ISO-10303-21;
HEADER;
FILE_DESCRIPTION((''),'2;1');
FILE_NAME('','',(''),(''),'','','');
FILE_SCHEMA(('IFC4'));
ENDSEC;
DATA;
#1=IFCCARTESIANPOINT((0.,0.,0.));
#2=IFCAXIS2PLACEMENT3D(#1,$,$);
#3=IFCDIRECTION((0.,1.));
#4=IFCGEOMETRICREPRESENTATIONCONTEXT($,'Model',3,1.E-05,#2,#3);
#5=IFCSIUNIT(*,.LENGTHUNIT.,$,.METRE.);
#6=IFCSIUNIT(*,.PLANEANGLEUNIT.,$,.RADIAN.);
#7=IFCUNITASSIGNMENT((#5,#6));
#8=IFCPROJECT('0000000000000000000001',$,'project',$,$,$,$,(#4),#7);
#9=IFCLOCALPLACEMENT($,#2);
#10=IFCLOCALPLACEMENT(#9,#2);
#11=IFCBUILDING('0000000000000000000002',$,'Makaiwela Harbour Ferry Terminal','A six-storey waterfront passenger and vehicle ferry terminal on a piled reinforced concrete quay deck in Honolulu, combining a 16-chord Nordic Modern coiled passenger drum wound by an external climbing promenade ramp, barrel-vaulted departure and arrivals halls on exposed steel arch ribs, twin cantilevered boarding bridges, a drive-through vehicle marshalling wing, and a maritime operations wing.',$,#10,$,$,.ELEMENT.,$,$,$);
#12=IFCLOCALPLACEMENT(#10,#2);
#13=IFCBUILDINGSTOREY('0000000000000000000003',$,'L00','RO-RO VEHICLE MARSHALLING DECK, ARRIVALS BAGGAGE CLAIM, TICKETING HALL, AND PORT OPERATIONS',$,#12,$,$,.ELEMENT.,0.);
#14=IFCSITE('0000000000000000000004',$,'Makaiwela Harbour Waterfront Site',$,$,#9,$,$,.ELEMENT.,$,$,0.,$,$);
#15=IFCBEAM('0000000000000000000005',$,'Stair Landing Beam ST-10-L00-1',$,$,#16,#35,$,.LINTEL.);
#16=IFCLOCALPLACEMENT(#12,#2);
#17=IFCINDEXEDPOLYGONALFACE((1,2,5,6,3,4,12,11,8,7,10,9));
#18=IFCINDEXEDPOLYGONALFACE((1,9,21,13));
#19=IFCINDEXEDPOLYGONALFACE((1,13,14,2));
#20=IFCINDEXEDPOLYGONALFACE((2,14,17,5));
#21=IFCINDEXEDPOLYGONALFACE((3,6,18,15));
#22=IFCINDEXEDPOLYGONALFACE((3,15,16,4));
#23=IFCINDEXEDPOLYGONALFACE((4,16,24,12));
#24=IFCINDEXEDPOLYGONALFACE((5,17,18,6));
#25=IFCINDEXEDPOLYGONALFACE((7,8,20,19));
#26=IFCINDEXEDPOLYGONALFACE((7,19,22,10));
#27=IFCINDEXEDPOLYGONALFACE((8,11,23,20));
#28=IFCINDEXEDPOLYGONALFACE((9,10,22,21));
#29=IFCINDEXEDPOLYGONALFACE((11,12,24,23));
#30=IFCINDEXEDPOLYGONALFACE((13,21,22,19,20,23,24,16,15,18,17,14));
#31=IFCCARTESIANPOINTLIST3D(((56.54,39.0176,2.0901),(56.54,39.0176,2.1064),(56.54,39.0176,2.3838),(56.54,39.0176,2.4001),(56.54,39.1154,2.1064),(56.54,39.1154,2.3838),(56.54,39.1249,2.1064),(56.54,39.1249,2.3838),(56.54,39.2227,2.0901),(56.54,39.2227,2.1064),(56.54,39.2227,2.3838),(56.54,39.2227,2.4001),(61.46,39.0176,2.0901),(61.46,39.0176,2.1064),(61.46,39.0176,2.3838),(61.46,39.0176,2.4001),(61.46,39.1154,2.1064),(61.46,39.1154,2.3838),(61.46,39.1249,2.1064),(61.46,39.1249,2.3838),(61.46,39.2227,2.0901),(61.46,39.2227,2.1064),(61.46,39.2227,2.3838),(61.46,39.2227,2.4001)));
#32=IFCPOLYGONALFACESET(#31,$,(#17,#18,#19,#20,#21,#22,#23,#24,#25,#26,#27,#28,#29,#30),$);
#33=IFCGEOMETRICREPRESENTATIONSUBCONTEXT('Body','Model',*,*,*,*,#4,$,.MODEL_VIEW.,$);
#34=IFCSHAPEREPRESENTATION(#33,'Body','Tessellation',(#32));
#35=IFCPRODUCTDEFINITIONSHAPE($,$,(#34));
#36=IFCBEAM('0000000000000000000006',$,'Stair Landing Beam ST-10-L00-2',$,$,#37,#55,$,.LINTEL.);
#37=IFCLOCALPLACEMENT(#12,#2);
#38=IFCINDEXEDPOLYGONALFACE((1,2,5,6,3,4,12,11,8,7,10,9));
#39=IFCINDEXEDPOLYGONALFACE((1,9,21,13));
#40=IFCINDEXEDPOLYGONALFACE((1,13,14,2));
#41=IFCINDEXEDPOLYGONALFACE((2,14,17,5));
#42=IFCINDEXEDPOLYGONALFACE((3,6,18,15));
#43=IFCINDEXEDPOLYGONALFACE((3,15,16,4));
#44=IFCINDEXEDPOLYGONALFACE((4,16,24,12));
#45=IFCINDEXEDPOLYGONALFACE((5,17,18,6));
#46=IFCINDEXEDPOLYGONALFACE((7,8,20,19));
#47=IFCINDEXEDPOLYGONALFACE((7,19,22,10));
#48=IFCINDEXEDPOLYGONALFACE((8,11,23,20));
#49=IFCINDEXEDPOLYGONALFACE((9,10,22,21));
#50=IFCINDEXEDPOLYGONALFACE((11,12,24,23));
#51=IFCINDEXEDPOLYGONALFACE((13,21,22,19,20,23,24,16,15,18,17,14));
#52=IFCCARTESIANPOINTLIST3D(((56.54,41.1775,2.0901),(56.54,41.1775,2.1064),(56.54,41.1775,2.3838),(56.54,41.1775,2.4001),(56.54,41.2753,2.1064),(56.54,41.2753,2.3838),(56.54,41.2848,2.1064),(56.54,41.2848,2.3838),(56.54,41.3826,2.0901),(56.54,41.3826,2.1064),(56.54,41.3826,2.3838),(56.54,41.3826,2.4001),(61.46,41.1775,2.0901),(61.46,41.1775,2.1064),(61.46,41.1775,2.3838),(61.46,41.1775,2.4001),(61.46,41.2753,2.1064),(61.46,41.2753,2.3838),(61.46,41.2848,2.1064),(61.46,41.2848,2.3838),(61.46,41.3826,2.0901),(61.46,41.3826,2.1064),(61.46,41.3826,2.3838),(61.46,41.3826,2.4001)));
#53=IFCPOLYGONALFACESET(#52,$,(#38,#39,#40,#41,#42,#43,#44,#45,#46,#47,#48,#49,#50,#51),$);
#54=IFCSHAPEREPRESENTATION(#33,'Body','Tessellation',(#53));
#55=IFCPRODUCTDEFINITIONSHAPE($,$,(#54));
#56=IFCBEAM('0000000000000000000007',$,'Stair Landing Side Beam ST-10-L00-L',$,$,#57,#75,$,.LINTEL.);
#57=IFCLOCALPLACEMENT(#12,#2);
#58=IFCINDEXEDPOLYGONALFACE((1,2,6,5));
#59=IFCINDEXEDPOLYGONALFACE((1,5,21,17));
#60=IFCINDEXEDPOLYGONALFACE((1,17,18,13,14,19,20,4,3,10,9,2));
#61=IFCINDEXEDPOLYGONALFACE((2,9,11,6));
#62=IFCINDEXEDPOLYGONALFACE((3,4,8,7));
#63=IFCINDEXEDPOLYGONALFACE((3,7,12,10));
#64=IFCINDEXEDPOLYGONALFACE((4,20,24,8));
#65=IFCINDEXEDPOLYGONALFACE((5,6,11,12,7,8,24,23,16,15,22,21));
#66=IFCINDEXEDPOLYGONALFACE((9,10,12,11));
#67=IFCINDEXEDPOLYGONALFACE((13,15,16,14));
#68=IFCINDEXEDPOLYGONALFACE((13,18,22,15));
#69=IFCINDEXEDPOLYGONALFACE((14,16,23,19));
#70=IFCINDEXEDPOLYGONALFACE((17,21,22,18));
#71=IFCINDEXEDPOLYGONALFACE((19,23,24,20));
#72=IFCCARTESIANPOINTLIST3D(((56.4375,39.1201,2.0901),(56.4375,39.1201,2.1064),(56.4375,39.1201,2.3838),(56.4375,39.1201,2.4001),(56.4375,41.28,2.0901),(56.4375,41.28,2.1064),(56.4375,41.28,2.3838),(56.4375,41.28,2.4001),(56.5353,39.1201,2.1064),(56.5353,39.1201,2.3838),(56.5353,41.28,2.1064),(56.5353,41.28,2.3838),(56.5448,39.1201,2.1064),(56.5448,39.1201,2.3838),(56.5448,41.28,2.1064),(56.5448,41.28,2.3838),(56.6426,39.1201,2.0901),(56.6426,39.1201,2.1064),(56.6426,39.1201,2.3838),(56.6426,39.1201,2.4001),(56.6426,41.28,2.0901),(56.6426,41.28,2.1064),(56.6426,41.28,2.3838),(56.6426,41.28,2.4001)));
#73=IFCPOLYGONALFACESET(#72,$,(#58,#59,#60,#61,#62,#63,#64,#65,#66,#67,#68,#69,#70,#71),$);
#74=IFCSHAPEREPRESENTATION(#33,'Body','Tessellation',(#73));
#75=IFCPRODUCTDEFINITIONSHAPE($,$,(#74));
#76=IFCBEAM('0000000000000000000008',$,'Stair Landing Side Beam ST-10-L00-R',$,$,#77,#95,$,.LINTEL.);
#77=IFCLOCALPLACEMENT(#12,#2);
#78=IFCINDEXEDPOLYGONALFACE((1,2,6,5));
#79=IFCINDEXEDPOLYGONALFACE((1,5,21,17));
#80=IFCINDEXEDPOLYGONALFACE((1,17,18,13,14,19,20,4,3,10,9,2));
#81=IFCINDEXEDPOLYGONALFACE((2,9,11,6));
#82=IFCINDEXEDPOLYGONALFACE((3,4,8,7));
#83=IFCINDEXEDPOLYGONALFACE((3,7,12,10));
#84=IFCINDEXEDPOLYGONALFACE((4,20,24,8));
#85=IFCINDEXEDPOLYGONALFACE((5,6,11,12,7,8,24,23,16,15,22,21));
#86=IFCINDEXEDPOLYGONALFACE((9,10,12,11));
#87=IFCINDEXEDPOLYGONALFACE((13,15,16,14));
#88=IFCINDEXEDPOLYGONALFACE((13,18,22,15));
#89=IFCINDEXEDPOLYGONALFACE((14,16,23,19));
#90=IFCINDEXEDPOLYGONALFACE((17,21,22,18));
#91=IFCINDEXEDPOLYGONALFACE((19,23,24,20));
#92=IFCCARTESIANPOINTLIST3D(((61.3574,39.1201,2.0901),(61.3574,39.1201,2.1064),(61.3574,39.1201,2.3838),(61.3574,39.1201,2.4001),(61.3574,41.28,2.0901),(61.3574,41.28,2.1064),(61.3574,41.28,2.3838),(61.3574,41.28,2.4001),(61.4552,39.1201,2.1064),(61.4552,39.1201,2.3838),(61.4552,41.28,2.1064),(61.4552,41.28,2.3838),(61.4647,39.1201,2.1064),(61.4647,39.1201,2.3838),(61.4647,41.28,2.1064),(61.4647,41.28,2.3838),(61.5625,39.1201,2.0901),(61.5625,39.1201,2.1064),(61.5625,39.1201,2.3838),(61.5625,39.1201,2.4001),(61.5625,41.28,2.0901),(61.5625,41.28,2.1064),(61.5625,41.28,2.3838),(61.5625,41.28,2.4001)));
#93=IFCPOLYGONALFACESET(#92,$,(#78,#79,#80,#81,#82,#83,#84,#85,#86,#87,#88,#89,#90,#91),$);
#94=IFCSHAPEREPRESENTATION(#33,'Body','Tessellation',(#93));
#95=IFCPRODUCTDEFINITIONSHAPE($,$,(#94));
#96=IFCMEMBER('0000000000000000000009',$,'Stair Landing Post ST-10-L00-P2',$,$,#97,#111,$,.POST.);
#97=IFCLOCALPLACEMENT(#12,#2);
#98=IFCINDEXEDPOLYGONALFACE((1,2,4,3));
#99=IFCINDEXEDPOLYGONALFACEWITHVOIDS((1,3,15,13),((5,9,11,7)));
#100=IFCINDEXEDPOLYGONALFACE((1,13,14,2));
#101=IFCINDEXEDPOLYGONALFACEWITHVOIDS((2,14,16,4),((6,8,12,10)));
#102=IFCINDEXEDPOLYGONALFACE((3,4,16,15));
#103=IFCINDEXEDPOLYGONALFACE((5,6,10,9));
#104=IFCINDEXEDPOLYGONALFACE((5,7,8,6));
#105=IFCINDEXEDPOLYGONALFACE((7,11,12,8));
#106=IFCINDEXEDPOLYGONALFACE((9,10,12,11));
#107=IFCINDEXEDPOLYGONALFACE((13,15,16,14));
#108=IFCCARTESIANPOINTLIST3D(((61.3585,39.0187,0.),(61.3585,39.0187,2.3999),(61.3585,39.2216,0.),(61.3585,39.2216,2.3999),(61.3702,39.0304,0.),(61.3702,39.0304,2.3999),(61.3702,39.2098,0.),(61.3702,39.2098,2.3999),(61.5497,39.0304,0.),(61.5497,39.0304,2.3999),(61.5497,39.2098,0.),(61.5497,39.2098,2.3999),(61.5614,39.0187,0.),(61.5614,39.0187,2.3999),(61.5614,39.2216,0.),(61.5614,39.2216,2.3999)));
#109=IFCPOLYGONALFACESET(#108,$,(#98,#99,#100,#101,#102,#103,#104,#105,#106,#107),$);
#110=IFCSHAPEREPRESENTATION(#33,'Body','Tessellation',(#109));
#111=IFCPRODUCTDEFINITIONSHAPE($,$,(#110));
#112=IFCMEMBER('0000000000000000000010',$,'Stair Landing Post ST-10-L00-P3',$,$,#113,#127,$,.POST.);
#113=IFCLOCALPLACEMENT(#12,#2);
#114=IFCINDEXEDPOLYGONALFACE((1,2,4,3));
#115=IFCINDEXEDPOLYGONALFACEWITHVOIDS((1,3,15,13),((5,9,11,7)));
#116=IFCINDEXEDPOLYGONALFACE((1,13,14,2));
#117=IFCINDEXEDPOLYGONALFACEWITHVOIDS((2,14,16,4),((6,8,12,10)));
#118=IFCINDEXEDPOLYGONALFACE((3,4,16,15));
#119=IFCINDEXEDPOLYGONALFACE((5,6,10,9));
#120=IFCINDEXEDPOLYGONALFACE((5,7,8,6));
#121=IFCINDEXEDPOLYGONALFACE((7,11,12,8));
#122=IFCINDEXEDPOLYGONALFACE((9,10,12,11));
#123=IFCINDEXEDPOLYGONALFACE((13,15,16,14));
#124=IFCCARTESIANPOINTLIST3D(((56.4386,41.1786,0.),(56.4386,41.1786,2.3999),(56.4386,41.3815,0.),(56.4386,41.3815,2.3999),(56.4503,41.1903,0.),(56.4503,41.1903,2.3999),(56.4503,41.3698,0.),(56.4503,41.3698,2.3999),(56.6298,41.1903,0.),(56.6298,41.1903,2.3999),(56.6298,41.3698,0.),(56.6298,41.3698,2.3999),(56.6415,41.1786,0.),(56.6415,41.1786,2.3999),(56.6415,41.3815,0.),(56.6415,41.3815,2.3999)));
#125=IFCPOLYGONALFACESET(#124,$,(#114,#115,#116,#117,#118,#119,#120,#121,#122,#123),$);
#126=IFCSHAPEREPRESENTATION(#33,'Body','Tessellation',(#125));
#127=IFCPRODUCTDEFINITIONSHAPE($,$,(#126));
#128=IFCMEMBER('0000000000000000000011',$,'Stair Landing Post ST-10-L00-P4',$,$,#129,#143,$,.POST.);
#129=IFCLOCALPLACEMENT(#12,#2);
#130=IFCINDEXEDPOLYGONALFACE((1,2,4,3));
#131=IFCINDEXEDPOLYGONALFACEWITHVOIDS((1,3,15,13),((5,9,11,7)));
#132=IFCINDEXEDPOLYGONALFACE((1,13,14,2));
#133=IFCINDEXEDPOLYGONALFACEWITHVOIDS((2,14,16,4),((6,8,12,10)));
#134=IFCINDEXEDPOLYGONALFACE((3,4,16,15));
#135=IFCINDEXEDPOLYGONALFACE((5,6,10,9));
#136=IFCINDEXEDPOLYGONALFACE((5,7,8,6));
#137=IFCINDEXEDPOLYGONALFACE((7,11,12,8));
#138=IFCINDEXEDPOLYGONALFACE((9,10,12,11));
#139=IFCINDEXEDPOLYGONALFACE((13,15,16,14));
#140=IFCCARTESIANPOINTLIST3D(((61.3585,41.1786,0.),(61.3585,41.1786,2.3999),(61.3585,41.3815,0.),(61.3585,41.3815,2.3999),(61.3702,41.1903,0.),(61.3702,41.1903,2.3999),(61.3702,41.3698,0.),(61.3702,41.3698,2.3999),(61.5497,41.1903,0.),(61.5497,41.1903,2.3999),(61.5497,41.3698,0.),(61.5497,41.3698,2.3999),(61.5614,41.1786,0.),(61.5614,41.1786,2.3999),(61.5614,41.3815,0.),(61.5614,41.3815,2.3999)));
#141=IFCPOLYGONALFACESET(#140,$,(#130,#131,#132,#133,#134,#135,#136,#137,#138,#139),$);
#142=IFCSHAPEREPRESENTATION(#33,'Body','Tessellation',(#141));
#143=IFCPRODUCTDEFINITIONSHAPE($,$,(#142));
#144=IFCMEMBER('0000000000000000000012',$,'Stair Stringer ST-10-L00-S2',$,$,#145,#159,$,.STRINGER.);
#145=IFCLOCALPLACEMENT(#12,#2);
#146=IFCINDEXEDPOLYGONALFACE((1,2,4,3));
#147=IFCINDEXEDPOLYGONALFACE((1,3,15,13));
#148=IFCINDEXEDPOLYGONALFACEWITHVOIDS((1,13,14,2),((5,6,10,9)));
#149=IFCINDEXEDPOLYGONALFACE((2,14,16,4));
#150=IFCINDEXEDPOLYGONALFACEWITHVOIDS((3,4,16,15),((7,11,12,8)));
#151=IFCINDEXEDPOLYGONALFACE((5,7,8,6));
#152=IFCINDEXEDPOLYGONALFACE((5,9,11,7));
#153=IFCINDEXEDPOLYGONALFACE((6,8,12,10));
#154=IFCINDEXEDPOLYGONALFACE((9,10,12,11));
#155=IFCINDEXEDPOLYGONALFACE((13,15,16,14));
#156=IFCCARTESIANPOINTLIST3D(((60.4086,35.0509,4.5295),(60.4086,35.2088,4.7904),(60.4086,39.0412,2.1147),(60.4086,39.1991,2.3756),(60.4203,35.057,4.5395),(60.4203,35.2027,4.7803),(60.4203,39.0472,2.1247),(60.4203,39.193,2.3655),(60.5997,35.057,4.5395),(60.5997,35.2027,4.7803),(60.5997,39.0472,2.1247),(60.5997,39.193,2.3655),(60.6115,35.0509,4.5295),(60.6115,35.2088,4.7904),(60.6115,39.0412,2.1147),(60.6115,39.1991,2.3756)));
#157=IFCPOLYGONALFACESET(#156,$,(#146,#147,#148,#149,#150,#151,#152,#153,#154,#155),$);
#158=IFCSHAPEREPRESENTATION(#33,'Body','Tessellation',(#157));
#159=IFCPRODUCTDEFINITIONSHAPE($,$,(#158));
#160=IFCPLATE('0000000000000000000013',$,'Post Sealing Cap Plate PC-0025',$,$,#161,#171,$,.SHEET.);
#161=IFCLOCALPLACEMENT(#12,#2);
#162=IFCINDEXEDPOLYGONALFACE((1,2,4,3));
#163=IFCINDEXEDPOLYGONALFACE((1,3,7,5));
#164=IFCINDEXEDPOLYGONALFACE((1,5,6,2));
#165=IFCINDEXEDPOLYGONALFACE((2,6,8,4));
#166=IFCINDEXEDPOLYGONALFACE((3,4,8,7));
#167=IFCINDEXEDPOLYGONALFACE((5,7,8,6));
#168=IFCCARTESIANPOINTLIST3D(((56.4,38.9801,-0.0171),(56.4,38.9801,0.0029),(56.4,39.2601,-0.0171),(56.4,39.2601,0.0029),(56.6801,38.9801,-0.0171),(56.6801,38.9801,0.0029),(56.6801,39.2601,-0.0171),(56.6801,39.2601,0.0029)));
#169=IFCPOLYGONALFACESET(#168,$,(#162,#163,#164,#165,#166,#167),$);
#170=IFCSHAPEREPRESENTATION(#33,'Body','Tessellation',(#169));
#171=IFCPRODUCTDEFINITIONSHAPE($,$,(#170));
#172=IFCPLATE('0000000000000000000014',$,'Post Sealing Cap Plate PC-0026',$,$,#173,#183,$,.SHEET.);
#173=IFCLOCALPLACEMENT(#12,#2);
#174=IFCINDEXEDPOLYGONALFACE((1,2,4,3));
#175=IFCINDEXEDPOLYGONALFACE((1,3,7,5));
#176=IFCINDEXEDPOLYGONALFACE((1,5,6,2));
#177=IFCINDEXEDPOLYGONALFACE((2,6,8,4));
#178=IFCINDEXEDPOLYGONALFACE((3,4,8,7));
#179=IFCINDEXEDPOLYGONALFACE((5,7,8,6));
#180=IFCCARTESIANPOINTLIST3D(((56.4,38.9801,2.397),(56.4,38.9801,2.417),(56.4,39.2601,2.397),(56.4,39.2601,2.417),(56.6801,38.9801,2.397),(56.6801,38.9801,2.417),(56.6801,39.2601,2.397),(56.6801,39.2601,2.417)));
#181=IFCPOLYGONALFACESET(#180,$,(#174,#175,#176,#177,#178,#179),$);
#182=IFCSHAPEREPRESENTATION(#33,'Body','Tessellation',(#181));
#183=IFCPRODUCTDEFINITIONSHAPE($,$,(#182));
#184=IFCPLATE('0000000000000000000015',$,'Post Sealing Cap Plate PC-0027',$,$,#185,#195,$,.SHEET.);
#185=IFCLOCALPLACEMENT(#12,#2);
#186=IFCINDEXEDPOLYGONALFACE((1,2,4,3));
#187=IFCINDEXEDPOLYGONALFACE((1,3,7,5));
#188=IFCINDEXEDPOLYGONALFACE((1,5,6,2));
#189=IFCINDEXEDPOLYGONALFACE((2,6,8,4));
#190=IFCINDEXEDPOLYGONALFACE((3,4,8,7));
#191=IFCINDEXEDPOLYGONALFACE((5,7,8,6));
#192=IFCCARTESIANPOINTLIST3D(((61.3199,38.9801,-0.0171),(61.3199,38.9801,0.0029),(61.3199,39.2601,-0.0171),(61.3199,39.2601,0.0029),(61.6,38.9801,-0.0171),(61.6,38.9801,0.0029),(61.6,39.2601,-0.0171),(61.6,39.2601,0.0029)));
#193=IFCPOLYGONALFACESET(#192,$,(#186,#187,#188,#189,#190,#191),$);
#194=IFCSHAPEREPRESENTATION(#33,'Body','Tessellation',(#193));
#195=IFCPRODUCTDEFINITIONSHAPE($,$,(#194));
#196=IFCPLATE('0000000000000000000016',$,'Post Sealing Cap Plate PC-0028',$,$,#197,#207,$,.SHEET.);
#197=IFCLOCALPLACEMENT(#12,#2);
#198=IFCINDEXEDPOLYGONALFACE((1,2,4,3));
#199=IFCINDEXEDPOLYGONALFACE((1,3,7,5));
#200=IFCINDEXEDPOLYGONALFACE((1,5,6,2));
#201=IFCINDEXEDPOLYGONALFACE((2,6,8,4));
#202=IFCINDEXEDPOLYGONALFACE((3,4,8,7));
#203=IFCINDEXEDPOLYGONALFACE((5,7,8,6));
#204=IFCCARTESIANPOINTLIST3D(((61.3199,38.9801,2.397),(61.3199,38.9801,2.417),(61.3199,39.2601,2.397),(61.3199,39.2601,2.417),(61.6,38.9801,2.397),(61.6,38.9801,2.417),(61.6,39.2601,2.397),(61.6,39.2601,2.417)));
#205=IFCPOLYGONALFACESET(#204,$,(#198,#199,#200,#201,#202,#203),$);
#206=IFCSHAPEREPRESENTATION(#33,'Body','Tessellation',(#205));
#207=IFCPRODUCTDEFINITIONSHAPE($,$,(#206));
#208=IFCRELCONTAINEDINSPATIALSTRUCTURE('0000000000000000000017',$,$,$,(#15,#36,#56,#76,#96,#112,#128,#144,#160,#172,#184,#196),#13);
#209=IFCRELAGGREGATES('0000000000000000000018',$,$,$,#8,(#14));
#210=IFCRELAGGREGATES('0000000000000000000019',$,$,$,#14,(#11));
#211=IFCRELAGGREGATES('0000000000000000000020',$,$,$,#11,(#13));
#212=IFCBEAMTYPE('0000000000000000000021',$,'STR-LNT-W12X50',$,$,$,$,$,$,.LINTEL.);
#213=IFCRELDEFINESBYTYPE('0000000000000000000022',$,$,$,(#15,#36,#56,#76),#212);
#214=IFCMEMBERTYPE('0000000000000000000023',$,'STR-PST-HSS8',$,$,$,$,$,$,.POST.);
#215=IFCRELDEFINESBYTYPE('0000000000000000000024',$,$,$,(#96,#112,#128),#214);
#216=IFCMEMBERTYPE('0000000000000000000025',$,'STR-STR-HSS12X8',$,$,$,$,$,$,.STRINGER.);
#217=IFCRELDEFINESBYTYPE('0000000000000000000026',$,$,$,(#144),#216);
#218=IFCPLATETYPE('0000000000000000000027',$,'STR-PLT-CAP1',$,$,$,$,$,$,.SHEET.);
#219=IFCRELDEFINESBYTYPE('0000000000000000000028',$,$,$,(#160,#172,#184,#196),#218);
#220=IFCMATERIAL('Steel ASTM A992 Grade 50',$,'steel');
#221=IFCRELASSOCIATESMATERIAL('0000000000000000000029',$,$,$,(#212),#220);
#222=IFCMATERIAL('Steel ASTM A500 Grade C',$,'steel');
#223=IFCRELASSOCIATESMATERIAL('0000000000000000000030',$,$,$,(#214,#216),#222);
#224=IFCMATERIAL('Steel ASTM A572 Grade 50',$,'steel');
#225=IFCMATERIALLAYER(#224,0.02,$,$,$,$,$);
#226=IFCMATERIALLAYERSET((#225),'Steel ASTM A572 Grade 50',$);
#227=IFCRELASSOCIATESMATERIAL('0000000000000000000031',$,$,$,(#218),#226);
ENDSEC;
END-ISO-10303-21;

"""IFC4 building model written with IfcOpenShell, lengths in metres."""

from ifc_helpers import new_model, si_unit, direction, frame, origin, origin_2d, place, context, subcontext, project, spatial, rectangle, hollow_rectangle, i_section, extrude, material, layer, layer_set, material_profile, profile_set, type_object, element, save


model = new_model("IFC4")

# Units and contexts
model_context = context("Model", 3, precision=1e-05, world=origin(), true_north=direction((0.0, 1.0)))
body_context = subcontext(model_context, "Body", "Model", "MODEL_VIEW")
ifc_project = project(units=[si_unit("LENGTHUNIT", "METRE"), si_unit("PLANEANGLEUNIT", "RADIAN")], contexts=[model_context])

# Site, building, storey
site_placement = place(None, origin())
site = spatial("IfcSite", under=ifc_project, at=site_placement, Name="Makaiwela Harbour Waterfront Site", CompositionType="ELEMENT", RefElevation=0.0)
building_placement = place(site_placement, origin())
building = spatial("IfcBuilding", under=site, at=building_placement, Name="Makaiwela Harbour Ferry Terminal", Description="A six-storey waterfront passenger and vehicle ferry terminal on a piled reinforced concrete quay deck in Honolulu, combining a 16-chord Nordic Modern coiled passenger drum wound by an external climbing promenade ramp, barrel-vaulted departure and arrivals halls on exposed steel arch ribs, twin cantilevered boarding bridges, a drive-through vehicle marshalling wing, and a maritime operations wing.", CompositionType="ELEMENT")
storey_placement = place(building_placement, origin())
storey = spatial("IfcBuildingStorey", under=building, at=storey_placement, Name="L00", Description="RO-RO VEHICLE MARSHALLING DECK, ARRIVALS BAGGAGE CLAIM, TICKETING HALL, AND PORT OPERATIONS", CompositionType="ELEMENT", Elevation=0.0)

# Shared definitions
ifc_material_1 = material(Name="Steel ASTM A992 Grade 50", Category="steel")

# Beams
ifc_material_profile_1 = material_profile(ifc_material_1, i_section(OverallWidth=0.2051, OverallDepth=0.3101, WebThickness=0.0095, FlangeThickness=0.0164, at=origin_2d()), Name="W12X50")
ifc_profile_set_1 = profile_set([ifc_material_profile_1], Name="Steel ASTM A992 Grade 50")
beam_type = type_object("IfcBeamType", Name="STR-LNT-W12X50", PredefinedType="LINTEL", material=ifc_profile_set_1)
for number, where, z_axis, x_axis, name in (
    (1, (56.54, 39.1201, 2.2451), (1.0, 0.0, 0.0), (0.0, 1.0, 0.0), "Stair Landing Beam ST-10-L00-1"),
    (2, (56.54, 41.28, 2.2451), (1.0, 0.0, 0.0), (0.0, 1.0, 0.0), "Stair Landing Beam ST-10-L00-2"),
):
    element("IfcBeam", number, at=place(storey_placement, frame(where, z_axis=z_axis, x_axis=x_axis)), inside=storey, type_object=beam_type, Name=name, PredefinedType="LINTEL", context=body_context, shape_type="SweptSolid", body=[
        extrude(i_section(OverallWidth=0.2051, OverallDepth=0.3101, WebThickness=0.0095, FlangeThickness=0.0164, at=origin_2d()), origin(), (0.0, 0.0, 1.0), 4.9199),
    ])
for number, where, z_axis, x_axis, name in (
    (3, (56.54, 39.1201, 2.2451), (0.0, 1.0, 0.0), (-1.0, 0.0, 0.0), "Stair Landing Side Beam ST-10-L00-L"),
    (4, (61.46, 39.1201, 2.2451), (0.0, 1.0, 0.0), (-1.0, 0.0, 0.0), "Stair Landing Side Beam ST-10-L00-R"),
):
    element("IfcBeam", number, at=place(storey_placement, frame(where, z_axis=z_axis, x_axis=x_axis)), inside=storey, type_object=beam_type, Name=name, PredefinedType="LINTEL", context=body_context, shape_type="SweptSolid", body=[
        extrude(i_section(OverallWidth=0.2051, OverallDepth=0.3101, WebThickness=0.0095, FlangeThickness=0.0164, at=origin_2d()), origin(), (0.0, 0.0, 1.0), 2.1599),
    ])

# Members
ifc_material_2 = material(Name="Steel ASTM A500 Grade C", Category="steel")
ifc_material_profile_2 = material_profile(ifc_material_2, hollow_rectangle(XDim=0.2029, YDim=0.2029, WallThickness=0.0117, at=origin_2d()), Name="HSS8X8X1/2")
ifc_profile_set_2 = profile_set([ifc_material_profile_2], Name="Steel ASTM A500 Grade C")
member_type_1 = type_object("IfcMemberType", Name="STR-PST-HSS8", PredefinedType="POST", material=ifc_profile_set_2)
for number, where, z_axis, x_axis, name in (
    (5, (61.46, 39.1201, 0.0), (0.0, 0.0, 1.0), (1.0, 0.0, 0.0), "Stair Landing Post ST-10-L00-P2"),
    (6, (56.54, 41.28, 0.0), (0.0, 0.0, 1.0), (1.0, 0.0, 0.0), "Stair Landing Post ST-10-L00-P3"),
    (7, (61.46, 41.28, 0.0), (0.0, 0.0, 1.0), (1.0, 0.0, 0.0), "Stair Landing Post ST-10-L00-P4"),
):
    element("IfcMember", number, at=place(storey_placement, frame(where, z_axis=z_axis, x_axis=x_axis)), inside=storey, type_object=member_type_1, Name=name, PredefinedType="POST", context=body_context, shape_type="SweptSolid", body=[
        extrude(hollow_rectangle(XDim=0.2029, YDim=0.2029, WallThickness=0.0117, at=origin_2d()), origin(), (0.0, 0.0, 1.0), 2.3999),
    ])
ifc_material_profile_3 = material_profile(ifc_material_2, hollow_rectangle(XDim=0.2029, YDim=0.3049, WallThickness=0.0117, at=origin_2d()), Name="HSS12X8X1/2")
ifc_profile_set_3 = profile_set([ifc_material_profile_3], Name="Steel ASTM A500 Grade C")
member_type_2 = type_object("IfcMemberType", Name="STR-STR-HSS12X8", PredefinedType="STRINGER", material=ifc_profile_set_3)
member_placement = place(storey_placement, frame((60.51, 39.1201, 2.2451), z_axis=(0.0, -0.855533, 0.517748), x_axis=(1.0, 0.0, 0.0)))
element("IfcMember", 8, at=member_placement, inside=storey, type_object=member_type_2, Name="Stair Stringer ST-10-L00-S2", PredefinedType="STRINGER", context=body_context, shape_type="SweptSolid", body=[
    extrude(hollow_rectangle(XDim=0.2029, YDim=0.3049, WallThickness=0.0117, at=origin_2d()), origin(), (0.0, 0.0, 1.0), 4.6641),
])

# Plates
ifc_material_3 = material(Name="Steel ASTM A572 Grade 50", Category="steel")
ifc_layer_1 = layer(ifc_material_3, 0.02)
ifc_layer_set_1 = layer_set([ifc_layer_1], Name="Steel ASTM A572 Grade 50")
plate_type = type_object("IfcPlateType", Name="STR-PLT-CAP1", PredefinedType="SHEET", material=ifc_layer_set_1)
for number, where, z_axis, x_axis, name in (
    (9, (56.54, 39.1201, -0.0171), (0.0, 0.0, 1.0), (1.0, 0.0, 0.0), "Post Sealing Cap Plate PC-0025"),
    (10, (56.54, 39.1201, 2.397), (0.0, 0.0, 1.0), (1.0, 0.0, 0.0), "Post Sealing Cap Plate PC-0026"),
    (11, (61.46, 39.1201, -0.0171), (0.0, 0.0, 1.0), (1.0, 0.0, 0.0), "Post Sealing Cap Plate PC-0027"),
    (12, (61.46, 39.1201, 2.397), (0.0, 0.0, 1.0), (1.0, 0.0, 0.0), "Post Sealing Cap Plate PC-0028"),
):
    element("IfcPlate", number, at=place(storey_placement, frame(where, z_axis=z_axis, x_axis=x_axis)), inside=storey, type_object=plate_type, Name=name, PredefinedType="SHEET", context=body_context, shape_type="SweptSolid", body=[
        extrude(rectangle(XDim=0.28, YDim=0.28, at=origin_2d()), origin(), (0.0, 0.0, 1.0), 0.02),
    ])

save(model, "model.ifc")
